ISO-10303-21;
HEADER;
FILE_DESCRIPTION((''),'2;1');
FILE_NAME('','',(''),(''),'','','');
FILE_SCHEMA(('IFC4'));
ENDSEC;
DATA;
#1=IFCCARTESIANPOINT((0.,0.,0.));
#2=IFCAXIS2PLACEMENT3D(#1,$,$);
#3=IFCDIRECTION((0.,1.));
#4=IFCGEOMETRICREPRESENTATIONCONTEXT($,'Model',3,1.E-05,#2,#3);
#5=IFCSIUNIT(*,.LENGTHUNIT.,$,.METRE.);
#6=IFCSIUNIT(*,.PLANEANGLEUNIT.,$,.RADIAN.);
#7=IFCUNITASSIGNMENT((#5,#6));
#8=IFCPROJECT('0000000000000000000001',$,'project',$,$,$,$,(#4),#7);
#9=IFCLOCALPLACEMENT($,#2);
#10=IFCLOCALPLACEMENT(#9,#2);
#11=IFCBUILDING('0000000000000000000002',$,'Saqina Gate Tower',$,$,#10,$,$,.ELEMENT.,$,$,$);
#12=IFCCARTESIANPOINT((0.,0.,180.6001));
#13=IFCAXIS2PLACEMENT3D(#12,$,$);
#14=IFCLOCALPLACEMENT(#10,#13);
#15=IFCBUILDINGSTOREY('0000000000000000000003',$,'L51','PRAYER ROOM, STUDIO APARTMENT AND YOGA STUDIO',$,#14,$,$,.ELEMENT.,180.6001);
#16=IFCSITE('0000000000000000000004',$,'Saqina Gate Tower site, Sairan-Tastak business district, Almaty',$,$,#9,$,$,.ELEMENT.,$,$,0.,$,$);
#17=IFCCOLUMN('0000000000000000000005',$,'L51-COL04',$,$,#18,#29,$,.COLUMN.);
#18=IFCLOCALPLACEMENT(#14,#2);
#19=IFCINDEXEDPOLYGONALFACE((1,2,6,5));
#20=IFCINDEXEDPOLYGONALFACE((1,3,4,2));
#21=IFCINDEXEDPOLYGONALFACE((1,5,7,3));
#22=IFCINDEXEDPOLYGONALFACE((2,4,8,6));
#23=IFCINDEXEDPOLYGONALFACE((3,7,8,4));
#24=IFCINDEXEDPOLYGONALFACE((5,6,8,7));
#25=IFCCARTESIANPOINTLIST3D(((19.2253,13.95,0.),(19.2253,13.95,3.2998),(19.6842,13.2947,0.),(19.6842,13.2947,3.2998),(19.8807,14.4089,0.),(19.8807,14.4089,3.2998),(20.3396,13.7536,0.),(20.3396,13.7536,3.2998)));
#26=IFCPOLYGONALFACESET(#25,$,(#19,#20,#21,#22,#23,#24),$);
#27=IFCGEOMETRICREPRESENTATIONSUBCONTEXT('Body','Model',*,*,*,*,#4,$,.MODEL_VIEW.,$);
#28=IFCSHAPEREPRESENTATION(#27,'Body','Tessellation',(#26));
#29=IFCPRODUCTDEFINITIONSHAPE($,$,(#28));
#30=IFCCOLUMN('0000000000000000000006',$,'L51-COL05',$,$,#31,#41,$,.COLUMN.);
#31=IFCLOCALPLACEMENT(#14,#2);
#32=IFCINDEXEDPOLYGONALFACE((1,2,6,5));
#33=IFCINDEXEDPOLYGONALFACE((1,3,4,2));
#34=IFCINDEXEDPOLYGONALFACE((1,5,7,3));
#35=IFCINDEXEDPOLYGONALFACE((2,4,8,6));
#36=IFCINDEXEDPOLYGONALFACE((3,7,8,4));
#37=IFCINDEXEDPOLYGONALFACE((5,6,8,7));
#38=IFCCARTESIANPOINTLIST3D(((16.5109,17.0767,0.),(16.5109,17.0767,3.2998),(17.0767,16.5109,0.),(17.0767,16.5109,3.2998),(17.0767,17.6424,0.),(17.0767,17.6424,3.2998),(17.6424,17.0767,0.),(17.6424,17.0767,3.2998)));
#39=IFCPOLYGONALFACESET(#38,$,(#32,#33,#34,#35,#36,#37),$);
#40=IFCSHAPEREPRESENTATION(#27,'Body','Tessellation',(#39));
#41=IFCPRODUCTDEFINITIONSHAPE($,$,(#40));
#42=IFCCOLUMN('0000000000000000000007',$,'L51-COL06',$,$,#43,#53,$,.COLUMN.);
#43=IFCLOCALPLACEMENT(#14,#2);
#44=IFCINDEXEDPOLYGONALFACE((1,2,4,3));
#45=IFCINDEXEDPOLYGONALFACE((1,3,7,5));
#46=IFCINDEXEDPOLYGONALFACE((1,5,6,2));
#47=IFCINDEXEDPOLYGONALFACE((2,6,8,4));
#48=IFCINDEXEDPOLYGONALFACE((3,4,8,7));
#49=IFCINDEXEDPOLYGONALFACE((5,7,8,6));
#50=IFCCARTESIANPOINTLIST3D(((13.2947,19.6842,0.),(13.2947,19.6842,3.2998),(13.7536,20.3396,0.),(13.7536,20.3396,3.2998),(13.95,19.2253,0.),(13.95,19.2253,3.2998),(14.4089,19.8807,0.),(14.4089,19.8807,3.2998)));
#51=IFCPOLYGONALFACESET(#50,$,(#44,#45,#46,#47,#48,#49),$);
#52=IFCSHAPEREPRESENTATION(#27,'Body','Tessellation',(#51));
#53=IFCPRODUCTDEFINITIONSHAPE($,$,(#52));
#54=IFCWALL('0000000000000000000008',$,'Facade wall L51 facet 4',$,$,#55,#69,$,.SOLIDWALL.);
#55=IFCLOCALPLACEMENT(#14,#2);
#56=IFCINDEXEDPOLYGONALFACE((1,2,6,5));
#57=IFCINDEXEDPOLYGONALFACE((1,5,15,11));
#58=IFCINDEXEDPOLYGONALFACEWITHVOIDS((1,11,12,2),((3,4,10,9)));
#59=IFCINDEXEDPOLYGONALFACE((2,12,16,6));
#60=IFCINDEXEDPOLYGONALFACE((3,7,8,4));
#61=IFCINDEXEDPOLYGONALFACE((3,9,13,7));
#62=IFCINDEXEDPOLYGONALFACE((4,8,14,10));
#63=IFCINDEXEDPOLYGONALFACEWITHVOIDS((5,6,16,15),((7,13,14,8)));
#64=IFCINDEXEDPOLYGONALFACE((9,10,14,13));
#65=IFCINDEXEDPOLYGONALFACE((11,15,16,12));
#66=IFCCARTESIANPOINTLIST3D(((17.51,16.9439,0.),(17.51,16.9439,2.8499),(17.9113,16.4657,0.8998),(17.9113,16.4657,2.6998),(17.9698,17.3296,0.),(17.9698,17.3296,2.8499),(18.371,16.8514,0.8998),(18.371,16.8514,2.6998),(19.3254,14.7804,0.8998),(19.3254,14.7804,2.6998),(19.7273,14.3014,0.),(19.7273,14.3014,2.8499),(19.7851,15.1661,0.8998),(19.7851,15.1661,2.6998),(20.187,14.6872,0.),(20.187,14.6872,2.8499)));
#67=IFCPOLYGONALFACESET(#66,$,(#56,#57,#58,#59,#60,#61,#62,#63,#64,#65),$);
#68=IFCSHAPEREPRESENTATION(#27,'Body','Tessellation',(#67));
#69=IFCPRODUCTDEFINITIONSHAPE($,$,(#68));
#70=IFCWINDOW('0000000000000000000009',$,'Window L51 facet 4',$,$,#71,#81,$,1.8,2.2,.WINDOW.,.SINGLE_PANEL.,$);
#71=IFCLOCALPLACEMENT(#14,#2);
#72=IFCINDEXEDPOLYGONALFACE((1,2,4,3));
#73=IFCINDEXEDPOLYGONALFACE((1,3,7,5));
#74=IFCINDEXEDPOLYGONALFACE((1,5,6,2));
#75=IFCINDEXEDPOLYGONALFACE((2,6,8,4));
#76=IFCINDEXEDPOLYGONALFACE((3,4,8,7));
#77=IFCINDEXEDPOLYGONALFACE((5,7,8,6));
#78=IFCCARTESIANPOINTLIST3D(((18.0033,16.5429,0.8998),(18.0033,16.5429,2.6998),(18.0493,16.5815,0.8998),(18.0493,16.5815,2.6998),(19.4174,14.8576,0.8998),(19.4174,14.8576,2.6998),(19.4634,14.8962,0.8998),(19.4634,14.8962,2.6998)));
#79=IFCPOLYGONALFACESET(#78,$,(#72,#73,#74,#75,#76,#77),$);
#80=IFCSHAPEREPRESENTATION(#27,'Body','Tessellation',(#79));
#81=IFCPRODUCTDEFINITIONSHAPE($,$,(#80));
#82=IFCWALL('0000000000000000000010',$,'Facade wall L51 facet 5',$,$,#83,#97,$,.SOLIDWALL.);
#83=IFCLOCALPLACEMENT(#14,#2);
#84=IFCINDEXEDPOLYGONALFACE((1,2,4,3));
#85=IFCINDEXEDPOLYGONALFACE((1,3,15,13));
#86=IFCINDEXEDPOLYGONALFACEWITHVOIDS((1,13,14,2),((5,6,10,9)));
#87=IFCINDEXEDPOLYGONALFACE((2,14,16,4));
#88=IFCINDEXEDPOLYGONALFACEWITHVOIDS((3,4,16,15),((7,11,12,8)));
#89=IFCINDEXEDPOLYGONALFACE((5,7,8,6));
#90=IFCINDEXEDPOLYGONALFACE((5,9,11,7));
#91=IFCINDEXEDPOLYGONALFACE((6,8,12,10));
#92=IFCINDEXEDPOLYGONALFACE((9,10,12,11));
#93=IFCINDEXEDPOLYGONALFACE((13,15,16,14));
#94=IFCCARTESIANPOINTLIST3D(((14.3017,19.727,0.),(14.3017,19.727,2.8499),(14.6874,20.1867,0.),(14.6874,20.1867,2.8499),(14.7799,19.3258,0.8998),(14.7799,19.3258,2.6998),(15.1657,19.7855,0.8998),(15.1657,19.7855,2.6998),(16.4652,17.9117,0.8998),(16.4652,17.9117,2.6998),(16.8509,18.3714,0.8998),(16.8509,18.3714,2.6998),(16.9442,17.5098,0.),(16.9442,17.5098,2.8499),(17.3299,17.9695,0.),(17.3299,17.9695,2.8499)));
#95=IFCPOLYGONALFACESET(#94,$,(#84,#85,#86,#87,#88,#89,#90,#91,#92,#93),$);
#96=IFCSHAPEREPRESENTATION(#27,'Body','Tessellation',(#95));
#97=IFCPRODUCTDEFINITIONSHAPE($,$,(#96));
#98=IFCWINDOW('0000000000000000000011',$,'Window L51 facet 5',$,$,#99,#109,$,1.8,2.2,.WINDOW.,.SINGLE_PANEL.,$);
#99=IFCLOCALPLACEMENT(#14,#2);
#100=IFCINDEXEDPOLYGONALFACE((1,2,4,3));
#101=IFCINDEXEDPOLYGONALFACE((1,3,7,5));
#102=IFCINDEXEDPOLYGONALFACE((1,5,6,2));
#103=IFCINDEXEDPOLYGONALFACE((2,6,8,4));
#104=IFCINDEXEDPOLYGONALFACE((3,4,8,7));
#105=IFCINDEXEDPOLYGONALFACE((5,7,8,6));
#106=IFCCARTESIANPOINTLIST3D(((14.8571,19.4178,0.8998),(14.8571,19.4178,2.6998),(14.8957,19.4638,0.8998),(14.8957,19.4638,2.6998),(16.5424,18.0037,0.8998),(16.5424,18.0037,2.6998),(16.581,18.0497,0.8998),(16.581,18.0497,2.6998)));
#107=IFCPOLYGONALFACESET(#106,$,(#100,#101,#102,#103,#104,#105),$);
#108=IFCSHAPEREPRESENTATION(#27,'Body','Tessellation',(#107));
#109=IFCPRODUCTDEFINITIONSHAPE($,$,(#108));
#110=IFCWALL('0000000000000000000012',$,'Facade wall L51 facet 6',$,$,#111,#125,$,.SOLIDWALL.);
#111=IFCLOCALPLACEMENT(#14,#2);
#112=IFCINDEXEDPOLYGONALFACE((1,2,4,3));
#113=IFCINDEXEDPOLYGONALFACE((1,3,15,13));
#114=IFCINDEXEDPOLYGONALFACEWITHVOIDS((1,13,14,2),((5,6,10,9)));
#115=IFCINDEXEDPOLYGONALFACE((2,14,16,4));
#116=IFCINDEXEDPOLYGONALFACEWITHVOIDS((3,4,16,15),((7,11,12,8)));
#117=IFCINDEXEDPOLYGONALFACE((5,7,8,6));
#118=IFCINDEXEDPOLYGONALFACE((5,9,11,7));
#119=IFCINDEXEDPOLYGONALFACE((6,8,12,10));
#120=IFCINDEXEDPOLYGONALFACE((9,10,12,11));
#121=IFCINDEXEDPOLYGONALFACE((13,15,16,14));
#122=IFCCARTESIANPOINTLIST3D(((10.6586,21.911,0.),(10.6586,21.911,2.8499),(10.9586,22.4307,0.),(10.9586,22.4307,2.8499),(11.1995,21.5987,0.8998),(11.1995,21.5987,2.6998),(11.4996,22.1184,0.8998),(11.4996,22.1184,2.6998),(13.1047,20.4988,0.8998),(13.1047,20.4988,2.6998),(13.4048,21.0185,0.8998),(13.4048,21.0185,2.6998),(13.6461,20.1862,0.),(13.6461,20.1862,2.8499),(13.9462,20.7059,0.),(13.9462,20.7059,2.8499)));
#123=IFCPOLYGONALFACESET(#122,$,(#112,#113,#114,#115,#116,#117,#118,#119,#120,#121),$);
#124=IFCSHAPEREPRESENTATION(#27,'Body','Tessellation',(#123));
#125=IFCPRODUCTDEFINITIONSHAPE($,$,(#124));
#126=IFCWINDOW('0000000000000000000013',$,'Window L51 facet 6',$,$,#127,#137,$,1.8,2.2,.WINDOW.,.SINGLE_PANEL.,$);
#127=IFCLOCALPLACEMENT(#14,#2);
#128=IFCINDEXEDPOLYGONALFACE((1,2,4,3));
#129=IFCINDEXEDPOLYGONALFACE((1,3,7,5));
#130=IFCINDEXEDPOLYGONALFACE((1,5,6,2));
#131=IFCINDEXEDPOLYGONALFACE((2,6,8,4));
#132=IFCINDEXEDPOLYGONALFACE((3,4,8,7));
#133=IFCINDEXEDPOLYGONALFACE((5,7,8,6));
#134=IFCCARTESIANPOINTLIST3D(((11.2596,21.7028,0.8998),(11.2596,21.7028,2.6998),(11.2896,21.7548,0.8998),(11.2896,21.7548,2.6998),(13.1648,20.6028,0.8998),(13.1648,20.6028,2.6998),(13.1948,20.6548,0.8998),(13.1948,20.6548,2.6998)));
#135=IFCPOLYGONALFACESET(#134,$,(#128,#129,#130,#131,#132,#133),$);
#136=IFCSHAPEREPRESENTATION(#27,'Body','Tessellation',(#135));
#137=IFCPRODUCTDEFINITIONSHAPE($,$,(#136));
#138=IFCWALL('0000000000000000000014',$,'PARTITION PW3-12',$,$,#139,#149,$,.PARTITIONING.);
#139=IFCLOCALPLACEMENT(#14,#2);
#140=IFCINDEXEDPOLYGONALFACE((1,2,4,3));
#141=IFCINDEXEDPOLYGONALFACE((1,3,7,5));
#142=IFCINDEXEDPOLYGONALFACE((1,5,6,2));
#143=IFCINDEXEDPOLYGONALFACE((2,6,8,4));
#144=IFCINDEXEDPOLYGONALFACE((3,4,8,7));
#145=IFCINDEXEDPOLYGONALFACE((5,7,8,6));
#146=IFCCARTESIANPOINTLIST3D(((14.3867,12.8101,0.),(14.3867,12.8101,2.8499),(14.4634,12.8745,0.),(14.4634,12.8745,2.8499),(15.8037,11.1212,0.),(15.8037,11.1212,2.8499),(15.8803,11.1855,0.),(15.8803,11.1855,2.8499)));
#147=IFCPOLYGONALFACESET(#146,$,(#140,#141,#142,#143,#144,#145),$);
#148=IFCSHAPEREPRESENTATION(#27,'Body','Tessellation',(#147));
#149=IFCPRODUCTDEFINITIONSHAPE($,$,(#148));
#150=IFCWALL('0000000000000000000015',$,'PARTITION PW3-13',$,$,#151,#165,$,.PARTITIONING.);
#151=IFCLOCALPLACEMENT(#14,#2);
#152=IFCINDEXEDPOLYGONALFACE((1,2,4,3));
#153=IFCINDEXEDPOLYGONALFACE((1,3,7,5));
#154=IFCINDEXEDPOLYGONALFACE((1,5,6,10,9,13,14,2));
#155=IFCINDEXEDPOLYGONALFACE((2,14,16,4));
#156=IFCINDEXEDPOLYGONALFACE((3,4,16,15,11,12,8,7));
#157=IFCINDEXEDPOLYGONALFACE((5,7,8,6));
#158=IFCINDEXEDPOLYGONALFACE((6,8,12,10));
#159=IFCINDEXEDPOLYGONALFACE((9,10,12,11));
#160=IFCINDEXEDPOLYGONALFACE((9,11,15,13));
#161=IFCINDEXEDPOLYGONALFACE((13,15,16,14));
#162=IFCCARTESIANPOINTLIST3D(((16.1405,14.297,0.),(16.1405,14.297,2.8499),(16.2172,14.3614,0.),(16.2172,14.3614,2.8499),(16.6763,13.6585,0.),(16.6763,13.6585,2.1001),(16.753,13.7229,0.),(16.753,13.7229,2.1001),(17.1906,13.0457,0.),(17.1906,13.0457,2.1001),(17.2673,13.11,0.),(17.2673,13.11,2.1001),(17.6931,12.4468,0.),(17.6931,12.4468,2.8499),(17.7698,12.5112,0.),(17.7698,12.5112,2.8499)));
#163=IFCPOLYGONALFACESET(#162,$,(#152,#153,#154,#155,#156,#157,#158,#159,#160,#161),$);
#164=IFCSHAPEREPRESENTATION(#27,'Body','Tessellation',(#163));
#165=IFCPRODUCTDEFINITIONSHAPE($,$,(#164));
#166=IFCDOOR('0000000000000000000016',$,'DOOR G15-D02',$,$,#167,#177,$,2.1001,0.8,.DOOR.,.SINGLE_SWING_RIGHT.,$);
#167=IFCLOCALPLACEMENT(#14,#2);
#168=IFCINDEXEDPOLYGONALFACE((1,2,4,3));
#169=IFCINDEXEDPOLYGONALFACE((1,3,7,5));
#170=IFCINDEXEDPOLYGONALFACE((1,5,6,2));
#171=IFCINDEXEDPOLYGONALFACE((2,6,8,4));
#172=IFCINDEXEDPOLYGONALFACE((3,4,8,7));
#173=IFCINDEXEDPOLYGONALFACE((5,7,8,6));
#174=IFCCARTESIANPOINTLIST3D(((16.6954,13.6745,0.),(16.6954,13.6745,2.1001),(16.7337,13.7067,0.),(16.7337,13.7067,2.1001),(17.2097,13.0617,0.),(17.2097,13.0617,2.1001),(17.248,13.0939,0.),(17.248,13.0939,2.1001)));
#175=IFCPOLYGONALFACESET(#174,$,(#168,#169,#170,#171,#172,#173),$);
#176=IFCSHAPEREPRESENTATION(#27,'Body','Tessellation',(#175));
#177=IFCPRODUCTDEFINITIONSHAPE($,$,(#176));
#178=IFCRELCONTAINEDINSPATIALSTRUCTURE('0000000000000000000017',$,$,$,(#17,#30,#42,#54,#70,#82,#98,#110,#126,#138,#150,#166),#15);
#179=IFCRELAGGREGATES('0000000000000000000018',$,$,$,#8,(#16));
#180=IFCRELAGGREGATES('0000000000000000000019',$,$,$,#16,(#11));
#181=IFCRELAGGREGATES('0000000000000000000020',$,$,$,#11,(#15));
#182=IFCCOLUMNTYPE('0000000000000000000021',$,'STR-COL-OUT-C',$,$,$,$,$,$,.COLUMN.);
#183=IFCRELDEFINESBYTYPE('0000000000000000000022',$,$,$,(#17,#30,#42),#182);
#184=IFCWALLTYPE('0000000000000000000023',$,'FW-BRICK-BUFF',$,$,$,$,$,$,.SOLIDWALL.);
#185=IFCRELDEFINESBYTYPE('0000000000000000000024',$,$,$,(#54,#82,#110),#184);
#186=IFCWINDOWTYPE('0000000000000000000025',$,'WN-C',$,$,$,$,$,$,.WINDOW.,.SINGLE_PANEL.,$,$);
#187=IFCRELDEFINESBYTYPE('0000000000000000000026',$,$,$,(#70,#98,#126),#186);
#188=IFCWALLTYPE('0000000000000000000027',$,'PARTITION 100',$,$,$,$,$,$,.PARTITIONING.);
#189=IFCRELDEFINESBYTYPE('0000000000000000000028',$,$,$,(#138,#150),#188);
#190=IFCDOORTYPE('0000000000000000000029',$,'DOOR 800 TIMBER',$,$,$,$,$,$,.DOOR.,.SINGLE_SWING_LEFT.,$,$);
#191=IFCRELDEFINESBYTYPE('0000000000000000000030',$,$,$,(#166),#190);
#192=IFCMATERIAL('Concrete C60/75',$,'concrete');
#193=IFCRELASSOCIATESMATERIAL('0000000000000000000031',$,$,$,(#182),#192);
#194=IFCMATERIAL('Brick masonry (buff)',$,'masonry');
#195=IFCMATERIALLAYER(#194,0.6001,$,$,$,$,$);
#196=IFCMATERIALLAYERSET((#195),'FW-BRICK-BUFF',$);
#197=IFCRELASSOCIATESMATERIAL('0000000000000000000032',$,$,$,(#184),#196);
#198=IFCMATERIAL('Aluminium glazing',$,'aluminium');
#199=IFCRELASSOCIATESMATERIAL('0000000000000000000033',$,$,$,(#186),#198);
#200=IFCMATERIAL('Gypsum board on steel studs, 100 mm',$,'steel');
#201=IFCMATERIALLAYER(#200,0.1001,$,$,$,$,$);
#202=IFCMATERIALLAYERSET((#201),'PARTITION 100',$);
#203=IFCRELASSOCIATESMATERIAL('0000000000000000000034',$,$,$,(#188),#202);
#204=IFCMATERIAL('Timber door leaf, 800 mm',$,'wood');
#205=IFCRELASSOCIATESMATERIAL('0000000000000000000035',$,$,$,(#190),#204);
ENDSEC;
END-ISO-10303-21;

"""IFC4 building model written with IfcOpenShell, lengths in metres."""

from ifc_helpers import new_model, si_unit, direction, frame, frame_2d, origin, origin_2d, place, context, subcontext, project, spatial, rectangle, extrude, material, layer, layer_set, material_profile, profile_set, type_object, element, fill, save


model = new_model("IFC4")

# Units and contexts
model_context = context("Model", 3, precision=1e-05, world=origin(), true_north=direction((0.0, 1.0)))
body_context = subcontext(model_context, "Body", "Model", "MODEL_VIEW")
ifc_project = project(units=[si_unit("LENGTHUNIT", "METRE"), si_unit("PLANEANGLEUNIT", "RADIAN")], contexts=[model_context])

# Site, building, storey
site_placement = place(None, origin())
site = spatial("IfcSite", under=ifc_project, at=site_placement, Name="Saqina Gate Tower site, Sairan-Tastak business district, Almaty", CompositionType="ELEMENT", RefElevation=0.0)
building_placement = place(site_placement, origin())
building = spatial("IfcBuilding", under=site, at=building_placement, Name="Saqina Gate Tower", CompositionType="ELEMENT")
storey_placement = place(building_placement, frame((0.0, 0.0, 180.6001)))
storey = spatial("IfcBuildingStorey", under=building, at=storey_placement, Name="L51", Description="PRAYER ROOM, STUDIO APARTMENT AND YOGA STUDIO", CompositionType="ELEMENT", Elevation=180.6001)

# Columns
ifc_material_1 = material(Name="Concrete C60/75", Category="concrete")
ifc_material_profile = material_profile(ifc_material_1, rectangle(XDim=0.8, YDim=0.8, at=origin_2d()), Name="RC 800x800")
ifc_profile_set = profile_set([ifc_material_profile], Name="Concrete C60/75")
column_type = type_object("IfcColumnType", Name="STR-COL-OUT-C", PredefinedType="COLUMN", material=ifc_profile_set)
for number, where, z_axis, x_axis, name in (
    (1, (19.7825, 13.8518, 0.0), (0.0, 0.0, 1.0), (0.819152, 0.573576, 0.0), "L51-COL04"),
    (2, (17.0767, 17.0767, 0.0), (0.0, 0.0, 1.0), (0.707107, 0.707107, 0.0), "L51-COL05"),
    (3, (13.8518, 19.7825, 0.0), (0.0, 0.0, 1.0), (0.573576, 0.819152, 0.0), "L51-COL06"),
):
    element("IfcColumn", number, at=place(storey_placement, frame(where, z_axis=z_axis, x_axis=x_axis)), inside=storey, type_object=column_type, Name=name, PredefinedType="COLUMN", context=body_context, shape_type="SweptSolid", body=[
        extrude(rectangle(XDim=0.8, YDim=0.8, at=origin_2d()), origin(), (0.0, 0.0, 1.0), 3.2998),
    ])

# Shared definitions
ifc_material_2 = material(Name="Brick masonry (buff)", Category="masonry")
ifc_layer_1 = layer(ifc_material_2, 0.6001)
ifc_layer_set_1 = layer_set([ifc_layer_1], Name="FW-BRICK-BUFF")
wall_type_1 = type_object("IfcWallType", Name="FW-BRICK-BUFF", PredefinedType="SOLIDWALL", material=ifc_layer_set_1)

# Walls, openings, windows
wall_1_placement = place(storey_placement, frame((19.957, 14.4944, 0.0), z_axis=(0.0, 0.0, 1.0), x_axis=(-0.64277, 0.766059, 0.0)))
wall_1 = element("IfcWall", 4, at=wall_1_placement, inside=storey, type_object=wall_type_1, Name="Facade wall L51 facet 4", PredefinedType="SOLIDWALL", context=body_context, shape_type="SweptSolid", body=[
    extrude(rectangle(XDim=3.4495, YDim=0.6001, at=frame_2d((1.7246, 0.0))), origin(), (0.0, 0.0, 1.0), 2.8499),
])
opening_1_placement = place(wall_1_placement, frame((0.625, 0.0, 0.8999)))
opening_1 = element("IfcOpeningElement", 5, at=opening_1_placement, cuts=wall_1, PredefinedType="OPENING", context=body_context, shape_type="SweptSolid", body=[
    extrude(rectangle(XDim=2.2, YDim=1.8, at=frame_2d((1.1001, 0.8999))), frame((0.0, 0.312, 0.0), z_axis=(0.0, -1.0, 0.0), x_axis=(1.0, 0.0, 0.0)), (0.0, 0.0, 1.0), 0.624),
])
ifc_material_3 = material(Name="Aluminium glazing", Category="aluminium")
window_type = type_object("IfcWindowType", Name="WN-C", PartitioningType="SINGLE_PANEL", PredefinedType="WINDOW", material=ifc_material_3)
window_1_placement = place(opening_1_placement, origin())
window_1 = element("IfcWindow", 6, at=window_1_placement, inside=storey, type_object=window_type, Name="Window L51 facet 4", OverallHeight=1.8, OverallWidth=2.2, PartitioningType="SINGLE_PANEL", PredefinedType="WINDOW", context=body_context, shape_type="SweptSolid", body=[
    extrude(rectangle(XDim=2.2, YDim=1.8, at=frame_2d((1.1001, 0.8999))), frame((0.0, 0.1799, 0.0), z_axis=(0.0, -1.0, 0.0), x_axis=(1.0, 0.0, 0.0)), (0.0, 0.0, 1.0), 0.0601),
])
fill(opening_1, window_1)
wall_2_placement = place(storey_placement, frame((17.137, 17.7397, 0.0), z_axis=(0.0, 0.0, 1.0), x_axis=(-0.766059, 0.64277, 0.0)))
wall_2 = element("IfcWall", 7, at=wall_2_placement, inside=storey, type_object=wall_type_1, Name="Facade wall L51 facet 5", PredefinedType="SOLIDWALL", context=body_context, shape_type="SweptSolid", body=[
    extrude(rectangle(XDim=3.4495, YDim=0.6001, at=frame_2d((1.7246, 0.0))), origin(), (0.0, 0.0, 1.0), 2.8499),
])
opening_2_placement = place(wall_2_placement, frame((0.625, 0.0, 0.8999)))
opening_2 = element("IfcOpeningElement", 8, at=opening_2_placement, cuts=wall_2, PredefinedType="OPENING", context=body_context, shape_type="SweptSolid", body=[
    extrude(rectangle(XDim=2.2, YDim=1.8, at=frame_2d((1.1001, 0.8999))), frame((0.0, 0.312, 0.0), z_axis=(0.0, -1.0, 0.0), x_axis=(1.0, 0.0, 0.0)), (0.0, 0.0, 1.0), 0.624),
])
window_2_placement = place(opening_2_placement, origin())
window_2 = element("IfcWindow", 9, at=window_2_placement, inside=storey, type_object=window_type, Name="Window L51 facet 5", OverallHeight=1.8, OverallWidth=2.2, PartitioningType="SINGLE_PANEL", PredefinedType="WINDOW", context=body_context, shape_type="SweptSolid", body=[
    extrude(rectangle(XDim=2.2, YDim=1.8, at=frame_2d((1.1001, 0.8999))), frame((0.0, 0.1799, 0.0), z_axis=(0.0, -1.0, 0.0), x_axis=(1.0, 0.0, 0.0)), (0.0, 0.0, 1.0), 0.0601),
])
fill(opening_2, window_2)
wall_3_placement = place(storey_placement, frame((13.7961, 20.446, 0.0), z_axis=(0.0, 0.0, 1.0), x_axis=(-0.866026, 0.499998, 0.0)))
wall_3 = element("IfcWall", 10, at=wall_3_placement, inside=storey, type_object=wall_type_1, Name="Facade wall L51 facet 6", PredefinedType="SOLIDWALL", context=body_context, shape_type="SweptSolid", body=[
    extrude(rectangle(XDim=3.4497, YDim=0.6001, at=frame_2d((1.7249, 0.0))), origin(), (0.0, 0.0, 1.0), 2.8499),
])
opening_3_placement = place(wall_3_placement, frame((0.625, 0.0, 0.8999)))
opening_3 = element("IfcOpeningElement", 11, at=opening_3_placement, cuts=wall_3, PredefinedType="OPENING", context=body_context, shape_type="SweptSolid", body=[
    extrude(rectangle(XDim=2.2, YDim=1.8, at=frame_2d((1.1001, 0.8999))), frame((0.0, 0.312, 0.0), z_axis=(0.0, -1.0, 0.0), x_axis=(1.0, 0.0, 0.0)), (0.0, 0.0, 1.0), 0.624),
])
window_3_placement = place(opening_3_placement, origin())
window_3 = element("IfcWindow", 12, at=window_3_placement, inside=storey, type_object=window_type, Name="Window L51 facet 6", OverallHeight=1.8, OverallWidth=2.2, PartitioningType="SINGLE_PANEL", PredefinedType="WINDOW", context=body_context, shape_type="SweptSolid", body=[
    extrude(rectangle(XDim=2.2, YDim=1.8, at=frame_2d((1.1001, 0.8999))), frame((0.0, 0.1799, 0.0), z_axis=(0.0, -1.0, 0.0), x_axis=(1.0, 0.0, 0.0)), (0.0, 0.0, 1.0), 0.0601),
])
fill(opening_3, window_3)

# Wall
ifc_material_4 = material(Name="Gypsum board on steel studs, 100 mm", Category="steel")
ifc_layer_2 = layer(ifc_material_4, 0.1001)
ifc_layer_set_2 = layer_set([ifc_layer_2], Name="PARTITION 100")
wall_type_2 = type_object("IfcWallType", Name="PARTITION 100", PredefinedType="PARTITIONING", material=ifc_layer_set_2)
wall_4_placement = place(storey_placement, frame((14.425, 12.8423, 0.0), z_axis=(0.0, 0.0, 1.0), x_axis=(0.64273, -0.766093, 0.0)))
element("IfcWall", 13, at=wall_4_placement, inside=storey, type_object=wall_type_2, Name="PARTITION PW3-12", PredefinedType="PARTITIONING", context=body_context, shape_type="SweptSolid", body=[
    extrude(rectangle(XDim=2.2046, YDim=0.1001, at=frame_2d((1.1023, 0.0))), origin(), (0.0, 0.0, 1.0), 2.8499),
])

# Wall, opening, door
wall_5_placement = place(storey_placement, frame((16.179, 14.3291, 0.0), z_axis=(0.0, 0.0, 1.0), x_axis=(0.642806, -0.766029, 0.0)))
wall_5 = element("IfcWall", 14, at=wall_5_placement, inside=storey, type_object=wall_type_2, Name="PARTITION PW3-13", PredefinedType="PARTITIONING", context=body_context, shape_type="SweptSolid", body=[
    extrude(rectangle(XDim=2.4153, YDim=0.1001, at=frame_2d((1.2075, 0.0))), origin(), (0.0, 0.0, 1.0), 2.8499),
])
opening_4_placement = place(wall_5_placement, frame((0.8335, 0.0, 0.0)))
opening_4 = element("IfcOpeningElement", 15, at=opening_4_placement, cuts=wall_5, PredefinedType="OPENING", context=body_context, shape_type="SweptSolid", body=[
    extrude(rectangle(XDim=0.8, YDim=2.1001, at=frame_2d((0.3999, 1.05))), frame((0.0, 0.062, 0.0), z_axis=(0.0, -1.0, 0.0), x_axis=(1.0, 0.0, 0.0)), (0.0, 0.0, 1.0), 0.124),
])
ifc_material_5 = material(Name="Timber door leaf, 800 mm", Category="wood")
door_type_1 = type_object("IfcDoorType", Name="DOOR 800 TIMBER", OperationType="SINGLE_SWING_LEFT", PredefinedType="DOOR", material=ifc_material_5)
door_1_placement = place(opening_4_placement, origin())
door_1 = element("IfcDoor", 16, at=door_1_placement, inside=storey, type_object=door_type_1, Name="DOOR G15-D02", OperationType="SINGLE_SWING_RIGHT", OverallHeight=2.1001, OverallWidth=0.8, PredefinedType="DOOR", context=body_context, shape_type="SweptSolid", body=[
    extrude(rectangle(XDim=0.8, YDim=2.1001, at=frame_2d((0.3999, 1.05))), frame((0.0, 0.0249, 0.0), z_axis=(0.0, -1.0, 0.0), x_axis=(1.0, 0.0, 0.0)), (0.0, 0.0, 1.0), 0.05),
])
fill(opening_4, door_1)

save(model, "model.ifc")
